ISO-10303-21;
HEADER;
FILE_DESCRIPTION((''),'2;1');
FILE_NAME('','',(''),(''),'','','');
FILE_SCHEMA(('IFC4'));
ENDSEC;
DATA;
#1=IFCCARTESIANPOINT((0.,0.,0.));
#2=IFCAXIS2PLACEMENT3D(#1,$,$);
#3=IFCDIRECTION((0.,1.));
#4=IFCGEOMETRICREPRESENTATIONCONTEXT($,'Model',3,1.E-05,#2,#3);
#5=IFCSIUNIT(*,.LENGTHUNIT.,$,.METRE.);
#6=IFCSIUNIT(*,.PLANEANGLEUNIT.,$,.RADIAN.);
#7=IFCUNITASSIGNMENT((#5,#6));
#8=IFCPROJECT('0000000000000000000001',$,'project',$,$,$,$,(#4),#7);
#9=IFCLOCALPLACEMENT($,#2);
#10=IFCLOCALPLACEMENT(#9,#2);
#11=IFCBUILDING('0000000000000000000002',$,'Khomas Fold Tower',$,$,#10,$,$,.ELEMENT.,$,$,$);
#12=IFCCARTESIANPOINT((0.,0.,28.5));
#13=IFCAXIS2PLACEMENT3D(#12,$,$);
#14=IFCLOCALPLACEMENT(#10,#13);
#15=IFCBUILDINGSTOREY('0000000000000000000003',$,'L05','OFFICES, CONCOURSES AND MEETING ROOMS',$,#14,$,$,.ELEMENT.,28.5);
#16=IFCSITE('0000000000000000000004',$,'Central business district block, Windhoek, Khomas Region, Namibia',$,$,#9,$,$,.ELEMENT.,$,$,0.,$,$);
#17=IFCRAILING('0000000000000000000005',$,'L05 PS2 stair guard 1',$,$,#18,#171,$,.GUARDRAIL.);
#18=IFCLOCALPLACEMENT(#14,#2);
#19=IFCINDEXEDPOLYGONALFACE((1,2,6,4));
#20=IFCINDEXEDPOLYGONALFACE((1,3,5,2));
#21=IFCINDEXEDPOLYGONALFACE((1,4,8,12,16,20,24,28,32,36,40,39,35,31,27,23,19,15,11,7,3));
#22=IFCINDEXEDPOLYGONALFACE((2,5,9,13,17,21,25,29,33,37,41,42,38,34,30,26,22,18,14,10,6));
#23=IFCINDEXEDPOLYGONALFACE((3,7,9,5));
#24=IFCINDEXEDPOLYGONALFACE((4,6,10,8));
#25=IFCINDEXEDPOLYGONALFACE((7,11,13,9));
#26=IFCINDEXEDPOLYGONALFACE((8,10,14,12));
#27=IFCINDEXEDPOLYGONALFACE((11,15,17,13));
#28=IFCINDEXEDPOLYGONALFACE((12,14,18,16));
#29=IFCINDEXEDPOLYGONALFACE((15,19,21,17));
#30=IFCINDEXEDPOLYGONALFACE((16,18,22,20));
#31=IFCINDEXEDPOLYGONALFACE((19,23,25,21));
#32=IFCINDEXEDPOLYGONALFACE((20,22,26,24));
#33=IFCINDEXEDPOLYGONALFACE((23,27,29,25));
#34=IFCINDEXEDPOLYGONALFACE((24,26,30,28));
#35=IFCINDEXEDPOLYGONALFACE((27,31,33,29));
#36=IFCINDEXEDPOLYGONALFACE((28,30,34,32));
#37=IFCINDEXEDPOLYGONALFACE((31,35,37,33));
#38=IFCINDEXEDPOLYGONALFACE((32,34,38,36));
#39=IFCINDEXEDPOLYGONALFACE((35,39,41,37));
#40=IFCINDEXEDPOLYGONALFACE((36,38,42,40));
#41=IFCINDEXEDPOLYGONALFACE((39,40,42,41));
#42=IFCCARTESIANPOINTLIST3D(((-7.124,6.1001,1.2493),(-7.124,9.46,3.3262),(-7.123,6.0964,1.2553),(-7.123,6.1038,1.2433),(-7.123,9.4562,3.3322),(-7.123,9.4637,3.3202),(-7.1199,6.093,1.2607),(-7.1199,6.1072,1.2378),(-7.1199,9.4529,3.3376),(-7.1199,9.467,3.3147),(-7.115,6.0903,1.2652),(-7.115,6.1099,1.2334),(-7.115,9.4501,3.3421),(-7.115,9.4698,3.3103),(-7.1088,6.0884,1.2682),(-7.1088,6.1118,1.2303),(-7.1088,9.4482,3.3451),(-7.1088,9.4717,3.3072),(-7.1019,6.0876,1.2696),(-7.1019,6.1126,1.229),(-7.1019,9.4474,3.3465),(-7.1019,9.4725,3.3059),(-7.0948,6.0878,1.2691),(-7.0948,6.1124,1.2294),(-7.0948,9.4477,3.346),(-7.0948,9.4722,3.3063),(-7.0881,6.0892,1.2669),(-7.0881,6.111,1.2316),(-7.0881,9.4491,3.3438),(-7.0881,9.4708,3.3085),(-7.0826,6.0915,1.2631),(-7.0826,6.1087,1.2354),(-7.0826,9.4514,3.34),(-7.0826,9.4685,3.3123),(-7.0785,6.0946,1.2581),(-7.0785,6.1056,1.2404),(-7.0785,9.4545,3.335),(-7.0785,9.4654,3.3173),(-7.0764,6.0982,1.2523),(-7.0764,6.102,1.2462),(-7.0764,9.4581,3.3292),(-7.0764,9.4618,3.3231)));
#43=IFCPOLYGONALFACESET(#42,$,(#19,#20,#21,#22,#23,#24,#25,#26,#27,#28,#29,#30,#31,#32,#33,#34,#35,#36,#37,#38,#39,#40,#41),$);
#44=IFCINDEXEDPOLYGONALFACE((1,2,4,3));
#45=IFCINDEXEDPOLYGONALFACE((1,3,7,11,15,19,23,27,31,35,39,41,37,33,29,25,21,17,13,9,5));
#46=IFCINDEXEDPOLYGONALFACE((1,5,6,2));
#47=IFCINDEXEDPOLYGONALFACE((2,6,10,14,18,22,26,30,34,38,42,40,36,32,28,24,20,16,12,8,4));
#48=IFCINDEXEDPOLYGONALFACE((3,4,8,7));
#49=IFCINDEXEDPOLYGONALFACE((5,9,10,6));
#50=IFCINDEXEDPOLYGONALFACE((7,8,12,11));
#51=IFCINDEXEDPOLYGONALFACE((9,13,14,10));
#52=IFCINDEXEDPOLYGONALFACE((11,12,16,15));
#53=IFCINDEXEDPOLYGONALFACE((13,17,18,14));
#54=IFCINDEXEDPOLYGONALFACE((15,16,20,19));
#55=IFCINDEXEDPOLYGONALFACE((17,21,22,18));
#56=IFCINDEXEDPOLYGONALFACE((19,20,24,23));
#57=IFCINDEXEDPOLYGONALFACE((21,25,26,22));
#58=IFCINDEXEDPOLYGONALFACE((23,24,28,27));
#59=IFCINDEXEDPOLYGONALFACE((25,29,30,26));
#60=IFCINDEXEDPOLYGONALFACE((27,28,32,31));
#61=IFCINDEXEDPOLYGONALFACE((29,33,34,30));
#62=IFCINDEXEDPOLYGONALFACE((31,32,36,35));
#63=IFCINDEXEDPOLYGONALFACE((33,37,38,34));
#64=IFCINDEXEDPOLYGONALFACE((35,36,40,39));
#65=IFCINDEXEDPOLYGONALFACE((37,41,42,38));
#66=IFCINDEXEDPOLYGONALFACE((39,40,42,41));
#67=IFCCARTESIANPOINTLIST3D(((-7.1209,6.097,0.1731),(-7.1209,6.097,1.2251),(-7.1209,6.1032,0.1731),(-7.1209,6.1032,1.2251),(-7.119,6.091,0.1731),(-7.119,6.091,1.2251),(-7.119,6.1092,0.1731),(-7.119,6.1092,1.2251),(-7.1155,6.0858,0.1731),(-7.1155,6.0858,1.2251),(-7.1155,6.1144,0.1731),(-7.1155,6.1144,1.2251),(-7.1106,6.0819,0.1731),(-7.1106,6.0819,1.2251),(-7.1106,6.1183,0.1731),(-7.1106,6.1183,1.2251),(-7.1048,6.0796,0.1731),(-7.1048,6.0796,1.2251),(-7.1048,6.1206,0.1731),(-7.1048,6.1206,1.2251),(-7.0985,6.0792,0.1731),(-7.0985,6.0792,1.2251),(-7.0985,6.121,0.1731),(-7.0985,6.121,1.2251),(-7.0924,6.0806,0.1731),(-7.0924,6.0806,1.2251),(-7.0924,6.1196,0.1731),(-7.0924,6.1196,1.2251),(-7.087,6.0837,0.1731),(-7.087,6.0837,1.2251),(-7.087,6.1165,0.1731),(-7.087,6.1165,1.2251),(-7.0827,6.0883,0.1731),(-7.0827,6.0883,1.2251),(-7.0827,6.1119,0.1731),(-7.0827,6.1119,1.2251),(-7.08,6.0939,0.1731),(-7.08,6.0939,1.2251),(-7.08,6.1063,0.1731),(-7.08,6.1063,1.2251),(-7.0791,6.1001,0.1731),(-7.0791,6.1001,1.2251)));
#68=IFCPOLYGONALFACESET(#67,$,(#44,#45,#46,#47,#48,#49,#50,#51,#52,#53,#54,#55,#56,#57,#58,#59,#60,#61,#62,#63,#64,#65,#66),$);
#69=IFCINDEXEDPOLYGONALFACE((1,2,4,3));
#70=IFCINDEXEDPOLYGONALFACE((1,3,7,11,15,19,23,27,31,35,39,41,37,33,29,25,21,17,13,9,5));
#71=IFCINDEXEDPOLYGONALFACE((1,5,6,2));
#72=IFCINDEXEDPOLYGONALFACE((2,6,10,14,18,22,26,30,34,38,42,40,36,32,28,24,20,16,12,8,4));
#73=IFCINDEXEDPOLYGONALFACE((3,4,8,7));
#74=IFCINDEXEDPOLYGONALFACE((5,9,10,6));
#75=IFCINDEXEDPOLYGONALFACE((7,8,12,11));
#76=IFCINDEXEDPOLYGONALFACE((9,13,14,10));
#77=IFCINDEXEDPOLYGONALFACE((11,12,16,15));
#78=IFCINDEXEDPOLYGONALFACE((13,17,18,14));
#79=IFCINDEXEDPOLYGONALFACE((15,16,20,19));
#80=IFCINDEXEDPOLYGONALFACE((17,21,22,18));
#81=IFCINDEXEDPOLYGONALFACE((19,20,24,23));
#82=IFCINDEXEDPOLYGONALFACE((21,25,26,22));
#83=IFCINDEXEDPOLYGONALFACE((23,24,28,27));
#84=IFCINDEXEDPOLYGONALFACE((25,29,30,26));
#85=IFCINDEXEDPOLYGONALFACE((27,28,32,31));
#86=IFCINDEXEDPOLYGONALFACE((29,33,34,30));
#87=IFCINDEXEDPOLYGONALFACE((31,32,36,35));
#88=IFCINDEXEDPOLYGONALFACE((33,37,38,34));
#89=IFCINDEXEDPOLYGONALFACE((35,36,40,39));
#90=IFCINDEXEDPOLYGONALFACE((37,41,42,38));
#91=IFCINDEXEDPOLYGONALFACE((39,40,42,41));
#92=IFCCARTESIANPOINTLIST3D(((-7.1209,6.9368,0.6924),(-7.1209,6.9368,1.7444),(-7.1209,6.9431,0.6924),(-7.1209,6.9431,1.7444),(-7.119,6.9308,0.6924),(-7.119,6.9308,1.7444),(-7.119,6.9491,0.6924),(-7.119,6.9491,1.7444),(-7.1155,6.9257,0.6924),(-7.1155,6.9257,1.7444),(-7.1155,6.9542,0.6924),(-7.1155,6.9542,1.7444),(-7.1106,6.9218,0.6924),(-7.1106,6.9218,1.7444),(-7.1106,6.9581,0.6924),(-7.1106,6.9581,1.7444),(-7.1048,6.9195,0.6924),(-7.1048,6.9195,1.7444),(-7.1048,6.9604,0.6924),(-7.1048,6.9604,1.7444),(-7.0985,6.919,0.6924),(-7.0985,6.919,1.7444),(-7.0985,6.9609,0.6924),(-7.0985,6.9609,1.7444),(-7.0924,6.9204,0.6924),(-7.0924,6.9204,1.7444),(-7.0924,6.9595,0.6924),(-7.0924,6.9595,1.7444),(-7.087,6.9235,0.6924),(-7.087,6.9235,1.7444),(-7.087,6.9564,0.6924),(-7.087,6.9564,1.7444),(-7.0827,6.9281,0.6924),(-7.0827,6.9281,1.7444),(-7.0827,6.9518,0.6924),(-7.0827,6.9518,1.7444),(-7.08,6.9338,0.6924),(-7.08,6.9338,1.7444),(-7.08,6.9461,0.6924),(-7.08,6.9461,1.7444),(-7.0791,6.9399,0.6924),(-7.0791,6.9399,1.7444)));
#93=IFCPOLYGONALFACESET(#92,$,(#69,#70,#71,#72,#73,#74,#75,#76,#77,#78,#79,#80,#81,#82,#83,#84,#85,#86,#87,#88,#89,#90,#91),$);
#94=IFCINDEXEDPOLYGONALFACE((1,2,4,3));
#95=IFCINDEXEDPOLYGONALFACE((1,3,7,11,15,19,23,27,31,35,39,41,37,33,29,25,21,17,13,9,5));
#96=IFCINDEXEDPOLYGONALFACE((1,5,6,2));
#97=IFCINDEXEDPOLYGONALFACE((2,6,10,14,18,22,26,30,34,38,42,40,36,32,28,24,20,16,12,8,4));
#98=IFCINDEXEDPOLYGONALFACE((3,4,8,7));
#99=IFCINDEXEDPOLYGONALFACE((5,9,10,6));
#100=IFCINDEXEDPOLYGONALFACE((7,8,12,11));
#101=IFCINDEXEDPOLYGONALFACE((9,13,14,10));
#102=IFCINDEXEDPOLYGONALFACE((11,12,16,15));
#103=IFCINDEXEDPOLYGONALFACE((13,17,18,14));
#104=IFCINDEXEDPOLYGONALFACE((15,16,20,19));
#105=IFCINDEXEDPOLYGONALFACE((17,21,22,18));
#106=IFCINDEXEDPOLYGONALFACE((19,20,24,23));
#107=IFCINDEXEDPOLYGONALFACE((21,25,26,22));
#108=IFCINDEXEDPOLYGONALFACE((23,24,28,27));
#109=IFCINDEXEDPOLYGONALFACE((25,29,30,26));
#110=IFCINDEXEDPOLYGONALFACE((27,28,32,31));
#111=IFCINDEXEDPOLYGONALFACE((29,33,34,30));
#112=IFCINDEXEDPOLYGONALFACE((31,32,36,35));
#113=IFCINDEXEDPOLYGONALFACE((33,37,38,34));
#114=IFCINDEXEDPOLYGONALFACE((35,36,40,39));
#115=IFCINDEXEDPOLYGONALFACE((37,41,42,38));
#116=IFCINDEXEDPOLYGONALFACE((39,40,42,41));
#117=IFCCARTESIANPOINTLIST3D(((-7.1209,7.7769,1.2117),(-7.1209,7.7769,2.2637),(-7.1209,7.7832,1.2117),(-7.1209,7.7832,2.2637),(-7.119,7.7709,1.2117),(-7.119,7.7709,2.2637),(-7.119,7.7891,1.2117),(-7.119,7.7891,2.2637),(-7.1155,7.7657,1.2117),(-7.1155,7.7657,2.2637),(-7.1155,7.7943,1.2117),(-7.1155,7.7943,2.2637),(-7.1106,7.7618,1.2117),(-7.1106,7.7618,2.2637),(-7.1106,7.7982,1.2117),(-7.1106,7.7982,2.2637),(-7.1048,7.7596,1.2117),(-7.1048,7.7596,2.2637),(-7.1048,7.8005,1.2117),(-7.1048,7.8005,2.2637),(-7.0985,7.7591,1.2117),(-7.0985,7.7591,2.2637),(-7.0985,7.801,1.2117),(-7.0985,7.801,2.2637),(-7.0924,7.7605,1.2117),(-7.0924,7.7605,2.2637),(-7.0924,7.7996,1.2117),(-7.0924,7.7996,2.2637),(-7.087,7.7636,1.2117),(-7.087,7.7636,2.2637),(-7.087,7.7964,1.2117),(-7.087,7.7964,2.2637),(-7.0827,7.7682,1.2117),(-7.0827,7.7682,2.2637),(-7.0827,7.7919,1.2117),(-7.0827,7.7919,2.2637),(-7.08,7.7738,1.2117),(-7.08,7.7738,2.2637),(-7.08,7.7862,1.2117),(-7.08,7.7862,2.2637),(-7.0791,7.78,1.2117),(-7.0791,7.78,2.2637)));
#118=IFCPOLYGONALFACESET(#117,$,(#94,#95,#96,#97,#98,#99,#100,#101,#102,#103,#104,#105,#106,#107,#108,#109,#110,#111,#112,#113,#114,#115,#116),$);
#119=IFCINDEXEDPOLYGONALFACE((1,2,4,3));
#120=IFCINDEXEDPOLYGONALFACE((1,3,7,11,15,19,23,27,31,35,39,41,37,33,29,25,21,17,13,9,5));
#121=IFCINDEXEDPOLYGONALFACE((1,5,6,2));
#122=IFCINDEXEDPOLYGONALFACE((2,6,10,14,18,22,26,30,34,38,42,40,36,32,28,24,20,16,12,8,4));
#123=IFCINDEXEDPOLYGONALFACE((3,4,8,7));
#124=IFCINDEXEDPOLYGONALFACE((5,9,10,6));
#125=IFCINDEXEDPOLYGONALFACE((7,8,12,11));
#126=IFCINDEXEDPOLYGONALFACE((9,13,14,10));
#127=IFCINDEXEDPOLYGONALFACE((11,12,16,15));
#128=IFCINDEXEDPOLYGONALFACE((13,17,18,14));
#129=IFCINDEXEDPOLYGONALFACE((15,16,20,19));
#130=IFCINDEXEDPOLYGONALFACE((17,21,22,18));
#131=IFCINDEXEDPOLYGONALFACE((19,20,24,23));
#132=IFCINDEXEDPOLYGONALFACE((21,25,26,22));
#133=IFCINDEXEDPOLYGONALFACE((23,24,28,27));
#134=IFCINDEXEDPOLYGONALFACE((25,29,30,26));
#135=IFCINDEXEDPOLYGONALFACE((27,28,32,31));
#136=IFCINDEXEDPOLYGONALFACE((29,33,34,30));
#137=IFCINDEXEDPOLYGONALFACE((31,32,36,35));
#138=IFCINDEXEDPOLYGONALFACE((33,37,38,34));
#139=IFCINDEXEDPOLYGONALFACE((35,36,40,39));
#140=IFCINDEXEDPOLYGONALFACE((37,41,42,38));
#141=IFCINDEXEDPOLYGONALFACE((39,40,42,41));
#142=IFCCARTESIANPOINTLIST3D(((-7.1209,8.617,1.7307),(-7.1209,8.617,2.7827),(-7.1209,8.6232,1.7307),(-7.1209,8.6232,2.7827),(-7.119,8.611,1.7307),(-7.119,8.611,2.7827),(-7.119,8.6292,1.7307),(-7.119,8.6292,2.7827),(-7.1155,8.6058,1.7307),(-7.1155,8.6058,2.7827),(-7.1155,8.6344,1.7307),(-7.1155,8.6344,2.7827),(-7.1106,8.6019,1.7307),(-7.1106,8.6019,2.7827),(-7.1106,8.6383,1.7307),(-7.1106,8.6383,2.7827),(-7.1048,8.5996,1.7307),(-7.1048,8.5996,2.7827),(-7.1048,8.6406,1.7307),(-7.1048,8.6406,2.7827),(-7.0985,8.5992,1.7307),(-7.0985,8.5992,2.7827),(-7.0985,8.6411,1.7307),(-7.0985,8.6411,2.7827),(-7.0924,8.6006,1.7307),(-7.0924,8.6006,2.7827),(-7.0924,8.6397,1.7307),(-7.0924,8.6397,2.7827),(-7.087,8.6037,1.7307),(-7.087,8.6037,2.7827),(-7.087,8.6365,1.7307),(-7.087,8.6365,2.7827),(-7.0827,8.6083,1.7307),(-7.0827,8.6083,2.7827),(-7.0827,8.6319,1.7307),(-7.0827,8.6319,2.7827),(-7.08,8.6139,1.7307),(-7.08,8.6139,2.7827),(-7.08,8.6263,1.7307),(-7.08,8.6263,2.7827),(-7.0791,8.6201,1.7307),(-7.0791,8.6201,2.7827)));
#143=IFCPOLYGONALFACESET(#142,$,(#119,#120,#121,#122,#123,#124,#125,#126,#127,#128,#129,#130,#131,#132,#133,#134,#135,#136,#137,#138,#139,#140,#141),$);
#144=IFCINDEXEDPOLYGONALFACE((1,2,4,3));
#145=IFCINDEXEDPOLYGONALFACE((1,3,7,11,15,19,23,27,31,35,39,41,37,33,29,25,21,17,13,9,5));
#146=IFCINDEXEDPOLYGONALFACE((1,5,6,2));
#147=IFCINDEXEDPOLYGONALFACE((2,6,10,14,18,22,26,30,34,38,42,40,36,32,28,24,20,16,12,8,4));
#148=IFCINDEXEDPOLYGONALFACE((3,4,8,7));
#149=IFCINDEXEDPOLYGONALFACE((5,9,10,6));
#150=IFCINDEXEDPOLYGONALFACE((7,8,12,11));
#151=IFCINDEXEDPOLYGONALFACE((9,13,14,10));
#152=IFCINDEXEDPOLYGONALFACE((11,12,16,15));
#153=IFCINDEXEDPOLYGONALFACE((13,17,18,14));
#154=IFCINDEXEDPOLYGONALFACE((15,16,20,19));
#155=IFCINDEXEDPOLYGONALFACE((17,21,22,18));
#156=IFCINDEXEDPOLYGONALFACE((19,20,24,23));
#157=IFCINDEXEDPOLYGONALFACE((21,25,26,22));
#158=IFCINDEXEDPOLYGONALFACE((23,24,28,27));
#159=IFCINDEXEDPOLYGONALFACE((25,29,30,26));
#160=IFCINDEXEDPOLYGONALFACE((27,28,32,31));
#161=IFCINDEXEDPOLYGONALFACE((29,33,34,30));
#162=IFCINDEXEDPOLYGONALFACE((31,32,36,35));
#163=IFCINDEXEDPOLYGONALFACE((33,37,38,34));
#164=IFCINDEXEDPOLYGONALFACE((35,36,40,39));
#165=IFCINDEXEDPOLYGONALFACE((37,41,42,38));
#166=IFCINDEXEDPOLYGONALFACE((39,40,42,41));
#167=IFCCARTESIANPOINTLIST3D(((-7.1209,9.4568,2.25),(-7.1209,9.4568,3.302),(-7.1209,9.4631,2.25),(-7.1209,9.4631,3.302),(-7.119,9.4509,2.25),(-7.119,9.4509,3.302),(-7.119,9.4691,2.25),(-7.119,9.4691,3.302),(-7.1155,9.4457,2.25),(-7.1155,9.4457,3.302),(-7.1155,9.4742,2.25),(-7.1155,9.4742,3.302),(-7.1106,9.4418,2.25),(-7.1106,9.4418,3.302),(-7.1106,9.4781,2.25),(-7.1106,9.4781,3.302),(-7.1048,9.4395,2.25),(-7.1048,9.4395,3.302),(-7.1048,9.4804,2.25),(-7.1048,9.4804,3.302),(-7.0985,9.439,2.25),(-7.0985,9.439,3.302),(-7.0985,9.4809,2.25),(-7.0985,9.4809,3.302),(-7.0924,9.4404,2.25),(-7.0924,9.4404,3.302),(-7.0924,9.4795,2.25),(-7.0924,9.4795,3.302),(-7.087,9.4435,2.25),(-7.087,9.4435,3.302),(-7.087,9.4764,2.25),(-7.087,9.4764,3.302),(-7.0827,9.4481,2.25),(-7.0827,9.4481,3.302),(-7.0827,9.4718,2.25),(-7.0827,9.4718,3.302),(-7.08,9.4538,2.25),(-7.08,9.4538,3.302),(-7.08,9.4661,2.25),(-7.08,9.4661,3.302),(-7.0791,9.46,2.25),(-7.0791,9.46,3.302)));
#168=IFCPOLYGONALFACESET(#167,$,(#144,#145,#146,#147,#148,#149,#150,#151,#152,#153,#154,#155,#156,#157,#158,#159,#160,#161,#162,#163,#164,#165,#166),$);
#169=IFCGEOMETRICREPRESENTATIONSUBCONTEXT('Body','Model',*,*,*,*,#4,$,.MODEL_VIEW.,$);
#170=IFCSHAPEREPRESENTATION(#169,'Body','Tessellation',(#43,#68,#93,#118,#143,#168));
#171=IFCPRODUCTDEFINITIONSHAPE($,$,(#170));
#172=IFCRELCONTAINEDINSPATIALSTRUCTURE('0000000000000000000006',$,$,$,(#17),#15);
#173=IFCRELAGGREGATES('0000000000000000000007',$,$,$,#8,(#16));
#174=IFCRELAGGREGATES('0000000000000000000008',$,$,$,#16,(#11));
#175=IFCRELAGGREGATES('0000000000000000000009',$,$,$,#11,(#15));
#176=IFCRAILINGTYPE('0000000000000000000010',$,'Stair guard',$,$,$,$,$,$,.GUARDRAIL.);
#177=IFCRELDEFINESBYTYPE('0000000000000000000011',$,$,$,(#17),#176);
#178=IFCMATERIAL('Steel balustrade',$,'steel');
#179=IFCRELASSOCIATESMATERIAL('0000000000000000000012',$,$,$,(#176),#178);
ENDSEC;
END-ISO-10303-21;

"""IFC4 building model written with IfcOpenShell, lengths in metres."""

from ifc_helpers import new_model, si_unit, direction, frame, origin, origin_2d, place, context, subcontext, project, spatial, circle, extrude, source, transform, mapped, material, type_object, element, save


model = new_model("IFC4")

# Units and contexts
model_context = context("Model", 3, precision=1e-05, world=origin(), true_north=direction((0.0, 1.0)))
body_context = subcontext(model_context, "Body", "Model", "MODEL_VIEW")
ifc_project = project(units=[si_unit("LENGTHUNIT", "METRE"), si_unit("PLANEANGLEUNIT", "RADIAN")], contexts=[model_context])

# Site, building, storey
site_placement = place(None, origin())
site = spatial("IfcSite", under=ifc_project, at=site_placement, Name="Central business district block, Windhoek, Khomas Region, Namibia", CompositionType="ELEMENT", RefElevation=0.0)
building_placement = place(site_placement, origin())
building = spatial("IfcBuilding", under=site, at=building_placement, Name="Khomas Fold Tower", CompositionType="ELEMENT")
storey_placement = place(building_placement, frame((0.0, 0.0, 28.5)))
storey = spatial("IfcBuildingStorey", under=building, at=storey_placement, Name="L05", Description="OFFICES, CONCOURSES AND MEETING ROOMS", CompositionType="ELEMENT", Elevation=28.5)

# Railing
ifc_material_1 = material(Name="Steel balustrade", Category="steel")
railing_type_1 = type_object("IfcRailingType", Name="Stair guard", PredefinedType="GUARDRAIL", material=ifc_material_1)
shared_shape_1 = source(origin(), body_context, "Body", "SweptSolid", [
    extrude(circle(Radius=0.0239, at=origin_2d()), frame((0.0, 0.0, 1.0762), z_axis=(0.0, 0.850606, 0.525803), x_axis=(-1.0, 0.0, 0.0)), (0.0, 0.0, 1.0), 3.95),
    extrude(circle(Radius=0.021, at=origin_2d()), origin(), (0.0, 0.0, 1.0), 1.052),
    extrude(circle(Radius=0.021, at=origin_2d()), frame((0.0, 0.8398, 0.5193)), (0.0, 0.0, 1.0), 1.052),
    extrude(circle(Radius=0.021, at=origin_2d()), frame((0.0, 1.6799, 1.0386)), (0.0, 0.0, 1.0), 1.052),
    extrude(circle(Radius=0.021, at=origin_2d()), frame((0.0, 2.52, 1.5576)), (0.0, 0.0, 1.0), 1.052),
    extrude(circle(Radius=0.021, at=origin_2d()), frame((0.0, 3.3599, 2.0769)), (0.0, 0.0, 1.0), 1.052),
])
railing_1_placement = place(storey_placement, frame((-7.1001, 6.1001, 0.1731)))
element("IfcRailing", 1, at=railing_1_placement, inside=storey, type_object=railing_type_1, Name="L05 PS2 stair guard 1", PredefinedType="GUARDRAIL", context=body_context, shape_type="MappedRepresentation", body=[
    mapped(shared_shape_1, transform((0.0, 0.0, 0.0))),
])

save(model, "model.ifc")
